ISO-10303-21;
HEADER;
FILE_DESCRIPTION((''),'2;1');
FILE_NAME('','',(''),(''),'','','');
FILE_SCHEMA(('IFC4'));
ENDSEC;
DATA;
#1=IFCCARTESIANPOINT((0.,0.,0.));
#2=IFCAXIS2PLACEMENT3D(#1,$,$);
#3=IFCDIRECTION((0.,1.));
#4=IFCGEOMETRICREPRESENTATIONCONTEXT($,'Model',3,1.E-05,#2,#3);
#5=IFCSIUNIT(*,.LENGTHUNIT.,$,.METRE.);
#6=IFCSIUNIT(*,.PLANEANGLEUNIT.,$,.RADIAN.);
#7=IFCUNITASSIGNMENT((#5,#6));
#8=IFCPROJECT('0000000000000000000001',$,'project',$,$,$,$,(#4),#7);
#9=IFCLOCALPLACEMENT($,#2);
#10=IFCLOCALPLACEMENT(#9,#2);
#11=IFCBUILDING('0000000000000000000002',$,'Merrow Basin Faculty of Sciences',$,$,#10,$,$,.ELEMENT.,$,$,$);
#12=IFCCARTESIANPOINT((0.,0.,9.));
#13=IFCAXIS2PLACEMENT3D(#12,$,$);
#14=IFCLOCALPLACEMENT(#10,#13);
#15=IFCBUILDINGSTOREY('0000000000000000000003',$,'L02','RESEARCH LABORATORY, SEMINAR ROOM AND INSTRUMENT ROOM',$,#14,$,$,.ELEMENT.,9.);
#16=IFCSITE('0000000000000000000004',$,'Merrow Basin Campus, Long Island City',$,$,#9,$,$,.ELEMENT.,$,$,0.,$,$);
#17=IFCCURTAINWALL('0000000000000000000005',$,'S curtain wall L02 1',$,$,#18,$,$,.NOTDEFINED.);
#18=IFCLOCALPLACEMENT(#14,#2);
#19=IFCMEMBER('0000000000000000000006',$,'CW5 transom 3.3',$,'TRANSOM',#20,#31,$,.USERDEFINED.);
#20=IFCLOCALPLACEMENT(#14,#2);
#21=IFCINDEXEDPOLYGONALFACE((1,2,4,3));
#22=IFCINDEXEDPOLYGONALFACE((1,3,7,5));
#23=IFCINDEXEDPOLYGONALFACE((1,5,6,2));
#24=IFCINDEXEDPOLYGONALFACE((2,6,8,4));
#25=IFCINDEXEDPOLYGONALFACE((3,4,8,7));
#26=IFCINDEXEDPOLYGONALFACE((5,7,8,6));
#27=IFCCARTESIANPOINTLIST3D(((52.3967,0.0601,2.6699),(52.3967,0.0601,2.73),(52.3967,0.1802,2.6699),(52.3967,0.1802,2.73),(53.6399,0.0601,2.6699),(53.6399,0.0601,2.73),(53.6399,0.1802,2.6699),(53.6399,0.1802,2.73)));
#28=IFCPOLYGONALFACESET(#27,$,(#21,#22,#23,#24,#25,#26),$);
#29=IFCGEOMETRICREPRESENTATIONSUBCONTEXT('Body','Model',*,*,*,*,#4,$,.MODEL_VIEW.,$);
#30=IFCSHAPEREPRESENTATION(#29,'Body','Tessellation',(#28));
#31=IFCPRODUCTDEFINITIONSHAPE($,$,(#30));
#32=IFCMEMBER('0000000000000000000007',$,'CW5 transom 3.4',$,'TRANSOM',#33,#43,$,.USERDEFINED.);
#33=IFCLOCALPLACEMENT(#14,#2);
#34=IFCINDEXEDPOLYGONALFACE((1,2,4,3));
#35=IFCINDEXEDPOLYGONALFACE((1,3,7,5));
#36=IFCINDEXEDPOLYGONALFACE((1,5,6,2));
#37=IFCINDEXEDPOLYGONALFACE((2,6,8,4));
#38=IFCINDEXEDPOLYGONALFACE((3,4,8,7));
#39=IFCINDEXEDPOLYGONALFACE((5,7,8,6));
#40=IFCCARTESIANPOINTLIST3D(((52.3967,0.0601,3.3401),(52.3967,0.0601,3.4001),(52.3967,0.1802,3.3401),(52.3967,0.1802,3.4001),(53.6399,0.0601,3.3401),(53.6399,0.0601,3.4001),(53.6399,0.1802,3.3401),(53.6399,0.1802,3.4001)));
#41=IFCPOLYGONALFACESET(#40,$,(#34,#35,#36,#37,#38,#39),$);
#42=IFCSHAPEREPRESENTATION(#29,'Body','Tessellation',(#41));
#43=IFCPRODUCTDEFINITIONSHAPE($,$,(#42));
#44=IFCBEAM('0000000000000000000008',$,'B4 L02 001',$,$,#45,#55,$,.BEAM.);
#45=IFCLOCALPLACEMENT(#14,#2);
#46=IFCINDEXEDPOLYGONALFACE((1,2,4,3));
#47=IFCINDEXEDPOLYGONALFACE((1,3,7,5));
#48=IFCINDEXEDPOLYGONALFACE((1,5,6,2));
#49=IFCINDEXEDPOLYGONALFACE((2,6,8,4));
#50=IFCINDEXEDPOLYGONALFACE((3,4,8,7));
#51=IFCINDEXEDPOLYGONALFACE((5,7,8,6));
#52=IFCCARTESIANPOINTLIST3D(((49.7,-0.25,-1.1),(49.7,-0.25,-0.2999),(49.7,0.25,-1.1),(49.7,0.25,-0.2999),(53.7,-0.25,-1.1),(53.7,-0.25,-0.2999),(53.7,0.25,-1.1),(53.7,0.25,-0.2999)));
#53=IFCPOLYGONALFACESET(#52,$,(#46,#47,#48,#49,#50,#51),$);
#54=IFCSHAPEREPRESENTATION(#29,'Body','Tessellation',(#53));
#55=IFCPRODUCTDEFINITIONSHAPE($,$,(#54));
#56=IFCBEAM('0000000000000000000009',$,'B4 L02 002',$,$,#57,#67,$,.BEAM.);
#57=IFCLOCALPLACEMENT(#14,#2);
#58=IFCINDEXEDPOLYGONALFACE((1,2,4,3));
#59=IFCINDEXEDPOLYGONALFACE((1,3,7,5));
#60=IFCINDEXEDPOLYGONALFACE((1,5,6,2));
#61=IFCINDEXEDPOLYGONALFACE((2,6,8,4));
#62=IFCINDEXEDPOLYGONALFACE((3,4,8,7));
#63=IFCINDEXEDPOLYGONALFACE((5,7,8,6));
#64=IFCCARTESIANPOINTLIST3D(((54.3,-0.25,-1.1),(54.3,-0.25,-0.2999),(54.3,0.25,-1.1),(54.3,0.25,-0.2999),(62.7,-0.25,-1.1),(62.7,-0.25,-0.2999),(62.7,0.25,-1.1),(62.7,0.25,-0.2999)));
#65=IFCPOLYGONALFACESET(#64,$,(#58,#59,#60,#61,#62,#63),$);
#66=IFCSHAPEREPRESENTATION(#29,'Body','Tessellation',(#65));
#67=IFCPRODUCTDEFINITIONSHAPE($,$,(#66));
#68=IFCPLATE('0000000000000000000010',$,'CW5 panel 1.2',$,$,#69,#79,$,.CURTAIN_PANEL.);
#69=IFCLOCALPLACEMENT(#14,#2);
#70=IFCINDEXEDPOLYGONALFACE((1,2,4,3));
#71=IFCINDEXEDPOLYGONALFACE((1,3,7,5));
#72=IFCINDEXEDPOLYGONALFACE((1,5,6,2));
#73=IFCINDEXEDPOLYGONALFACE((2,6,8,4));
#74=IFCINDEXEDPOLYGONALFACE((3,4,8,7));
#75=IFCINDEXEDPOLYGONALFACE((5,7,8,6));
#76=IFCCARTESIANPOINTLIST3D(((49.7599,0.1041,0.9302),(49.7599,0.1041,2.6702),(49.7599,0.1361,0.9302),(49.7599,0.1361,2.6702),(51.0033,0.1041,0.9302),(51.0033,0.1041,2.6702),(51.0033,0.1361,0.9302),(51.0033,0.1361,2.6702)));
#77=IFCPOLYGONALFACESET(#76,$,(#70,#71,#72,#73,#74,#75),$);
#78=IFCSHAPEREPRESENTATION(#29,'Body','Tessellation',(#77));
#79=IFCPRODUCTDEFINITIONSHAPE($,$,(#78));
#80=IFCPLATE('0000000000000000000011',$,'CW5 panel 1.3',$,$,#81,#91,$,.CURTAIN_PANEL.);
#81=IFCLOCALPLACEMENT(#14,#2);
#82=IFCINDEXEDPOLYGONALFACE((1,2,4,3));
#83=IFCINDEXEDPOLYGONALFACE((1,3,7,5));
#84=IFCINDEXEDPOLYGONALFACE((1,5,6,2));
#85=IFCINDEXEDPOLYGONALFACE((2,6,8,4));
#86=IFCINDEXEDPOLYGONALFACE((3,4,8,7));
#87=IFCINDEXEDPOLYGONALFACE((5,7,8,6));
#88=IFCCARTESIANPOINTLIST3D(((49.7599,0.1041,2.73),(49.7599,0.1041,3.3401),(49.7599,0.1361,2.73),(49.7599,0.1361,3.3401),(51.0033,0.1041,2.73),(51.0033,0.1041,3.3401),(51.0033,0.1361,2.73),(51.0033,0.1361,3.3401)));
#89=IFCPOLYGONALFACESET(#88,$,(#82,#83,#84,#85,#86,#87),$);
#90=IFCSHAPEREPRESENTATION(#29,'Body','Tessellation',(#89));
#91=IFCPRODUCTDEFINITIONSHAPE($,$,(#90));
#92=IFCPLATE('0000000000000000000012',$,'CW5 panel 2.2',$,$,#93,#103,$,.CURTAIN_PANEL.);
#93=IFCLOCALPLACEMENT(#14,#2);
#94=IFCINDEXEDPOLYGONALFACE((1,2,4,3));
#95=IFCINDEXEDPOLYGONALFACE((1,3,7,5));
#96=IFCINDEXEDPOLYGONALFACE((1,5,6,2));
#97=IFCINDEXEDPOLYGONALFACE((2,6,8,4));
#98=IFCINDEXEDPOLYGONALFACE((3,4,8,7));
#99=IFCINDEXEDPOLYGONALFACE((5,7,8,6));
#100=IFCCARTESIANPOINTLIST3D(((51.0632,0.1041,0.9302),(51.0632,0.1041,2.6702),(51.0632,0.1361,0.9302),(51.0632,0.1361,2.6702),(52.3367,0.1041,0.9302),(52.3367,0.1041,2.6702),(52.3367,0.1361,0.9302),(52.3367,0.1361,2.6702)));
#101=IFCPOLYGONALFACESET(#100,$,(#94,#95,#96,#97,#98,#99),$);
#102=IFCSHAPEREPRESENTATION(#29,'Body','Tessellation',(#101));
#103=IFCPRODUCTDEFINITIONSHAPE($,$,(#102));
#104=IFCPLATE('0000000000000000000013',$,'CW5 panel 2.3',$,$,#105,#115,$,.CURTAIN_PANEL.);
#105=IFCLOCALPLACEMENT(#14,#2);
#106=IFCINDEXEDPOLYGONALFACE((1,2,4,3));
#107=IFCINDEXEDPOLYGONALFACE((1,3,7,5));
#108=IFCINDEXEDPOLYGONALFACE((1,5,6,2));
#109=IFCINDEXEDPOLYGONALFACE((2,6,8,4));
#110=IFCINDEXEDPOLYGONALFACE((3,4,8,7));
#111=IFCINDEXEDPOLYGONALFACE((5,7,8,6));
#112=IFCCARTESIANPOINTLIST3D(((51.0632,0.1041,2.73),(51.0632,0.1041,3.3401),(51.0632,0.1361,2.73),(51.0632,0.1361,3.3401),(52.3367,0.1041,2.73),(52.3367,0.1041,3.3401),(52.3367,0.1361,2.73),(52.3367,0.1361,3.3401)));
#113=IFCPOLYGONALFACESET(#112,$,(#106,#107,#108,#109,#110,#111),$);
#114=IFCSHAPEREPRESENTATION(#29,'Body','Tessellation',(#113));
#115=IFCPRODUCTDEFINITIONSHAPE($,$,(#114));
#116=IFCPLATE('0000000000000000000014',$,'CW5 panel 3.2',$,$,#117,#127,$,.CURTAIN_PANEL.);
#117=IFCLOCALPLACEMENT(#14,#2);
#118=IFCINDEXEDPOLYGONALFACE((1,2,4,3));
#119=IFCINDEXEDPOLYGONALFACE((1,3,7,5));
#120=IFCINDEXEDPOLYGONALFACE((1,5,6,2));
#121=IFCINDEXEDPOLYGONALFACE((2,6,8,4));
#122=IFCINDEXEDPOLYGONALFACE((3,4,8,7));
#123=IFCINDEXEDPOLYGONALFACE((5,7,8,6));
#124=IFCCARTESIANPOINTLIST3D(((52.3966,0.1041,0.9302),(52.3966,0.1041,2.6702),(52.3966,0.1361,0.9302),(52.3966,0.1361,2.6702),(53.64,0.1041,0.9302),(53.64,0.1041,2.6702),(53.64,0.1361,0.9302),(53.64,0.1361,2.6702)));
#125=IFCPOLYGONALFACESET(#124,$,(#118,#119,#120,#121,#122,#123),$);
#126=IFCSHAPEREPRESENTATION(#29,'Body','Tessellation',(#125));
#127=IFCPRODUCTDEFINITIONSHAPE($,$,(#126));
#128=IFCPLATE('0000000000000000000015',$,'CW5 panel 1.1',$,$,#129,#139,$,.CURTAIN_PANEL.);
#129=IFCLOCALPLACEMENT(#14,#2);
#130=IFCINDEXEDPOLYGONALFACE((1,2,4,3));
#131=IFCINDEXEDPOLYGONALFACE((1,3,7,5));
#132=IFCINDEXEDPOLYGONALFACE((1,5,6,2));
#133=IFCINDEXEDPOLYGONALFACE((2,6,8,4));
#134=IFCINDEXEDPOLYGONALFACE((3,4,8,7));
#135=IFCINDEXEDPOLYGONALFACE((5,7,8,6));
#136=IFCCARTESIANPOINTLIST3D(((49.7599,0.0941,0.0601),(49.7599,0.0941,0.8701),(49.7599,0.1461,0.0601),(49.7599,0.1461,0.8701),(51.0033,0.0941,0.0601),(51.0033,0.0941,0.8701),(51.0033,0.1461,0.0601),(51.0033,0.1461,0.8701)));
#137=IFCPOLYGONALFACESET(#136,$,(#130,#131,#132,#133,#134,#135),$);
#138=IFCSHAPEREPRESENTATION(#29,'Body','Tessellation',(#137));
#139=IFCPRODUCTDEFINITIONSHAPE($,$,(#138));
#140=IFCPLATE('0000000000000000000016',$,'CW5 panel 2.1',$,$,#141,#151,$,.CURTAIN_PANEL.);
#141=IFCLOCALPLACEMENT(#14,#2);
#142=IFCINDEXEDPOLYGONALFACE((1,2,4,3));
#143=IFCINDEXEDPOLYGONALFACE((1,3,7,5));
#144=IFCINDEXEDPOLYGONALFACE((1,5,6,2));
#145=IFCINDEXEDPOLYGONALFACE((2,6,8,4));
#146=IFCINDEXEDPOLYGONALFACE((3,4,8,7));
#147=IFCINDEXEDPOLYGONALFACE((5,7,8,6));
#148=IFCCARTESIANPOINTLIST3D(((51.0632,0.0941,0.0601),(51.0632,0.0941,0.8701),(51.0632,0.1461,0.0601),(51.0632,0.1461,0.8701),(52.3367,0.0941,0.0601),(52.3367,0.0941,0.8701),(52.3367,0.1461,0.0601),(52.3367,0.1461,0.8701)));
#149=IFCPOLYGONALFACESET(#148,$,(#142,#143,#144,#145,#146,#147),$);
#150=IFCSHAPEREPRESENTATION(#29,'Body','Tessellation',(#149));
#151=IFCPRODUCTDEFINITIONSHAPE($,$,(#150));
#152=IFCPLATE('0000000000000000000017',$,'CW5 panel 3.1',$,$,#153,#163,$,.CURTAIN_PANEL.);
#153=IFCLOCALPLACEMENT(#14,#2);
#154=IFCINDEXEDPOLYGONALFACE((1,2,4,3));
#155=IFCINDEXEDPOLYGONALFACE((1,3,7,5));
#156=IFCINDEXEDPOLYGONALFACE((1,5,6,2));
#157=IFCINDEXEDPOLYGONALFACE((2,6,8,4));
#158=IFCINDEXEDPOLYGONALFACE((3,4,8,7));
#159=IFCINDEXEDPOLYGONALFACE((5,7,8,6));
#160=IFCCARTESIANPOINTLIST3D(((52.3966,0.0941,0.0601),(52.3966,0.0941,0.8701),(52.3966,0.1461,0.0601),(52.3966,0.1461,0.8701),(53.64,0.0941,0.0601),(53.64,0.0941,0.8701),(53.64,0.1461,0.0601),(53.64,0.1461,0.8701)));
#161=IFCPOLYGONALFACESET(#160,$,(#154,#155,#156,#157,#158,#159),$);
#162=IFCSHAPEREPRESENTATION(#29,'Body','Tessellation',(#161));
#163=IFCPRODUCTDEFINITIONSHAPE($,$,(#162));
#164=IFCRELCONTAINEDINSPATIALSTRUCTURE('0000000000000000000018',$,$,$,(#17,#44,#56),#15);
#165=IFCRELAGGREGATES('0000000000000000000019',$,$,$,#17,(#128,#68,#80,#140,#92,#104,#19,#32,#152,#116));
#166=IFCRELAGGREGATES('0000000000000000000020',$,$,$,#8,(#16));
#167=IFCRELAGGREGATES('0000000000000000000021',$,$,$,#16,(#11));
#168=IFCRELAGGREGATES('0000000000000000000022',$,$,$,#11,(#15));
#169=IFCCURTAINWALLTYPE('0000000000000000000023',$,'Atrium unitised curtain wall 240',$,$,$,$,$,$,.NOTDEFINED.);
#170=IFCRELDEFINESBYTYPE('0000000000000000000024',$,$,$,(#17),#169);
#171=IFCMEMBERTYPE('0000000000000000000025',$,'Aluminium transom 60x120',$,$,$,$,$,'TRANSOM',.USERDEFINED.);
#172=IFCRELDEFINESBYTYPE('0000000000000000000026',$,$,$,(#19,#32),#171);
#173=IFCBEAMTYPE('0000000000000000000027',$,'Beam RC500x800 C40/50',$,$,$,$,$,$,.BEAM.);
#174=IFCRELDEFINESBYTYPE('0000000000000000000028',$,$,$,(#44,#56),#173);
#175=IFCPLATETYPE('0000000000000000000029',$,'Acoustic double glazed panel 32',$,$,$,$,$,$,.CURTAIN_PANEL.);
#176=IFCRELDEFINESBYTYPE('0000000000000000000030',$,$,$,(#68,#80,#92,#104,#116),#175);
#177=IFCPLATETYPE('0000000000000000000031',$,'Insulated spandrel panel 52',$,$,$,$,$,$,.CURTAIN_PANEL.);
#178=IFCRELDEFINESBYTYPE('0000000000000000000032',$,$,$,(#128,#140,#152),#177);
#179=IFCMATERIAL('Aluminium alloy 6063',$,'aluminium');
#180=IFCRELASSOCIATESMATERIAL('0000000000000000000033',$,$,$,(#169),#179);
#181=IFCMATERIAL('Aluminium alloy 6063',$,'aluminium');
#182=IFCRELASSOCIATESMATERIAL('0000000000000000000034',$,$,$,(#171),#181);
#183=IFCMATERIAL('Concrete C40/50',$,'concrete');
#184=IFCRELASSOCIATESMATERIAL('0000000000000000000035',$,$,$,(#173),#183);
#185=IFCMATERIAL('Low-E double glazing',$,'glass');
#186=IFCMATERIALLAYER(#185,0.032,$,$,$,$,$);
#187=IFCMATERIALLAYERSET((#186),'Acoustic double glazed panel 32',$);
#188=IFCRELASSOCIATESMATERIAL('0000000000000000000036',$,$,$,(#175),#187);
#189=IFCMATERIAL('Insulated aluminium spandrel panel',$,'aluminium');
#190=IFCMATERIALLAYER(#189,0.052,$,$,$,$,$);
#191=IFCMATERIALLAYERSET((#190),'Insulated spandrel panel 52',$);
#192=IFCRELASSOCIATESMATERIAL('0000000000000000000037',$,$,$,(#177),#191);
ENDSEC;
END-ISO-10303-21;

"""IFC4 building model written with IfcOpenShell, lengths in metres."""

from ifc_helpers import new_model, si_unit, direction, frame, origin, origin_2d, place, context, subcontext, project, spatial, rectangle, extrude, material, layer, layer_set, material_profile, profile_set, type_object, element, aggregate, save


model = new_model("IFC4")

# Units and contexts
model_context = context("Model", 3, precision=1e-05, world=origin(), true_north=direction((0.0, 1.0)))
body_context = subcontext(model_context, "Body", "Model", "MODEL_VIEW")
ifc_project = project(units=[si_unit("LENGTHUNIT", "METRE"), si_unit("PLANEANGLEUNIT", "RADIAN")], contexts=[model_context])

# Site, building, storey
site_placement = place(None, origin())
site = spatial("IfcSite", under=ifc_project, at=site_placement, Name="Merrow Basin Campus, Long Island City", CompositionType="ELEMENT", RefElevation=0.0)
building_placement = place(site_placement, origin())
building = spatial("IfcBuilding", under=site, at=building_placement, Name="Merrow Basin Faculty of Sciences", CompositionType="ELEMENT")
storey_placement = place(building_placement, frame((0.0, 0.0, 9.0)))
storey = spatial("IfcBuildingStorey", under=building, at=storey_placement, Name="L02", Description="RESEARCH LABORATORY, SEMINAR ROOM AND INSTRUMENT ROOM", CompositionType="ELEMENT", Elevation=9.0)

# Curtain wall, members
ifc_material_1 = material(Name="Aluminium alloy 6063", Category="aluminium")
curtain_wall_type = type_object("IfcCurtainWallType", Name="Atrium unitised curtain wall 240", PredefinedType="NOTDEFINED", material=ifc_material_1)
curtain_wall_placement = place(storey_placement, origin())
curtain_wall = element("IfcCurtainWall", 1, at=curtain_wall_placement, inside=storey, type_object=curtain_wall_type, Name="S curtain wall L02 1", PredefinedType="NOTDEFINED")
ifc_material_2 = material(Name="Aluminium alloy 6063", Category="aluminium")
ifc_material_profile_1 = material_profile(ifc_material_2, rectangle(XDim=0.1201, YDim=0.0601, at=origin_2d()))
ifc_profile_set_1 = profile_set([ifc_material_profile_1], Name="Aluminium alloy 6063")
member_type_1 = type_object("IfcMemberType", Name="Aluminium transom 60x120", ElementType="TRANSOM", PredefinedType="USERDEFINED", material=ifc_profile_set_1)
member_1_placement = place(storey_placement, frame((52.3967, 0.1201, 2.7), z_axis=(1.0, 0.0, 0.0), x_axis=(0.0, 1.0, 0.0)))
member_1 = element("IfcMember", 2, at=member_1_placement, type_object=member_type_1, Name="CW5 transom 3.3", ObjectType="TRANSOM", PredefinedType="USERDEFINED", context=body_context, shape_type="SweptSolid", body=[
    extrude(rectangle(XDim=0.1201, YDim=0.0601, at=origin_2d()), origin(), (0.0, 0.0, 1.0), 1.2432),
])
member_2_placement = place(storey_placement, frame((52.3967, 0.1201, 3.3701), z_axis=(1.0, 0.0, 0.0), x_axis=(0.0, 1.0, 0.0)))
member_2 = element("IfcMember", 3, at=member_2_placement, type_object=member_type_1, Name="CW5 transom 3.4", ObjectType="TRANSOM", PredefinedType="USERDEFINED", context=body_context, shape_type="SweptSolid", body=[
    extrude(rectangle(XDim=0.1201, YDim=0.0601, at=origin_2d()), origin(), (0.0, 0.0, 1.0), 1.2432),
])

# Beams
ifc_material_3 = material(Name="Concrete C40/50", Category="concrete")
ifc_material_profile_2 = material_profile(ifc_material_3, rectangle(XDim=0.5, YDim=0.8, at=origin_2d()))
ifc_profile_set_2 = profile_set([ifc_material_profile_2], Name="Concrete C40/50")
beam_type = type_object("IfcBeamType", Name="Beam RC500x800 C40/50", PredefinedType="BEAM", material=ifc_profile_set_2)
beam_1_placement = place(storey_placement, frame((49.7, 0.0, -0.7), z_axis=(1.0, 0.0, 0.0), x_axis=(0.0, 1.0, 0.0)))
element("IfcBeam", 4, at=beam_1_placement, inside=storey, type_object=beam_type, Name="B4 L02 001", PredefinedType="BEAM", context=body_context, shape_type="SweptSolid", body=[
    extrude(rectangle(XDim=0.5, YDim=0.8, at=origin_2d()), origin(), (0.0, 0.0, 1.0), 4.0),
])
beam_2_placement = place(storey_placement, frame((54.3, 0.0, -0.7), z_axis=(1.0, 0.0, 0.0), x_axis=(0.0, 1.0, 0.0)))
element("IfcBeam", 5, at=beam_2_placement, inside=storey, type_object=beam_type, Name="B4 L02 002", PredefinedType="BEAM", context=body_context, shape_type="SweptSolid", body=[
    extrude(rectangle(XDim=0.5, YDim=0.8, at=origin_2d()), origin(), (0.0, 0.0, 1.0), 8.3999),
])

# Plates
ifc_material_4 = material(Name="Low-E double glazing", Category="glass")
ifc_layer_1 = layer(ifc_material_4, 0.032)
ifc_layer_set_1 = layer_set([ifc_layer_1], Name="Acoustic double glazed panel 32")
plate_type_1 = type_object("IfcPlateType", Name="Acoustic double glazed panel 32", PredefinedType="CURTAIN_PANEL", material=ifc_layer_set_1)
plate_1_placement = place(storey_placement, frame((50.3816, 0.1201, 0.9302), z_axis=(0.0, 0.0, 1.0), x_axis=(1.0, 0.0, 0.0)))
plate_1 = element("IfcPlate", 6, at=plate_1_placement, type_object=plate_type_1, Name="CW5 panel 1.2", PredefinedType="CURTAIN_PANEL", context=body_context, shape_type="SweptSolid", body=[
    extrude(rectangle(XDim=1.2434, YDim=0.032, at=origin_2d()), origin(), (0.0, 0.0, 1.0), 1.74),
])
plate_2_placement = place(storey_placement, frame((50.3816, 0.1201, 2.73), z_axis=(0.0, 0.0, 1.0), x_axis=(1.0, 0.0, 0.0)))
plate_2 = element("IfcPlate", 7, at=plate_2_placement, type_object=plate_type_1, Name="CW5 panel 1.3", PredefinedType="CURTAIN_PANEL", context=body_context, shape_type="SweptSolid", body=[
    extrude(rectangle(XDim=1.2434, YDim=0.032, at=origin_2d()), origin(), (0.0, 0.0, 1.0), 0.6101),
])
plate_3_placement = place(storey_placement, frame((51.7, 0.1201, 0.9302), z_axis=(0.0, 0.0, 1.0), x_axis=(1.0, 0.0, 0.0)))
plate_3 = element("IfcPlate", 8, at=plate_3_placement, type_object=plate_type_1, Name="CW5 panel 2.2", PredefinedType="CURTAIN_PANEL", context=body_context, shape_type="SweptSolid", body=[
    extrude(rectangle(XDim=1.2734, YDim=0.032, at=origin_2d()), origin(), (0.0, 0.0, 1.0), 1.74),
])
plate_4_placement = place(storey_placement, frame((51.7, 0.1201, 2.73), z_axis=(0.0, 0.0, 1.0), x_axis=(1.0, 0.0, 0.0)))
plate_4 = element("IfcPlate", 9, at=plate_4_placement, type_object=plate_type_1, Name="CW5 panel 2.3", PredefinedType="CURTAIN_PANEL", context=body_context, shape_type="SweptSolid", body=[
    extrude(rectangle(XDim=1.2734, YDim=0.032, at=origin_2d()), origin(), (0.0, 0.0, 1.0), 0.6101),
])
plate_5_placement = place(storey_placement, frame((53.0183, 0.1201, 0.9302), z_axis=(0.0, 0.0, 1.0), x_axis=(1.0, 0.0, 0.0)))
plate_5 = element("IfcPlate", 10, at=plate_5_placement, type_object=plate_type_1, Name="CW5 panel 3.2", PredefinedType="CURTAIN_PANEL", context=body_context, shape_type="SweptSolid", body=[
    extrude(rectangle(XDim=1.2434, YDim=0.032, at=origin_2d()), origin(), (0.0, 0.0, 1.0), 1.74),
])
ifc_material_5 = material(Name="Insulated aluminium spandrel panel", Category="aluminium")
ifc_layer_2 = layer(ifc_material_5, 0.052)
ifc_layer_set_2 = layer_set([ifc_layer_2], Name="Insulated spandrel panel 52")
plate_type_2 = type_object("IfcPlateType", Name="Insulated spandrel panel 52", PredefinedType="CURTAIN_PANEL", material=ifc_layer_set_2)
plate_6_placement = place(storey_placement, frame((50.3816, 0.1201, 0.0601), z_axis=(0.0, 0.0, 1.0), x_axis=(1.0, 0.0, 0.0)))
plate_6 = element("IfcPlate", 11, at=plate_6_placement, type_object=plate_type_2, Name="CW5 panel 1.1", PredefinedType="CURTAIN_PANEL", context=body_context, shape_type="SweptSolid", body=[
    extrude(rectangle(XDim=1.2434, YDim=0.052, at=origin_2d()), origin(), (0.0, 0.0, 1.0), 0.8101),
])
plate_7_placement = place(storey_placement, frame((51.7, 0.1201, 0.0601), z_axis=(0.0, 0.0, 1.0), x_axis=(1.0, 0.0, 0.0)))
plate_7 = element("IfcPlate", 12, at=plate_7_placement, type_object=plate_type_2, Name="CW5 panel 2.1", PredefinedType="CURTAIN_PANEL", context=body_context, shape_type="SweptSolid", body=[
    extrude(rectangle(XDim=1.2734, YDim=0.052, at=origin_2d()), origin(), (0.0, 0.0, 1.0), 0.8101),
])
plate_8_placement = place(storey_placement, frame((53.0183, 0.1201, 0.0601), z_axis=(0.0, 0.0, 1.0), x_axis=(1.0, 0.0, 0.0)))
plate_8 = element("IfcPlate", 13, at=plate_8_placement, type_object=plate_type_2, Name="CW5 panel 3.1", PredefinedType="CURTAIN_PANEL", context=body_context, shape_type="SweptSolid", body=[
    extrude(rectangle(XDim=1.2434, YDim=0.052, at=origin_2d()), origin(), (0.0, 0.0, 1.0), 0.8101),
])
aggregate(curtain_wall, [plate_6, plate_1, plate_2, plate_7, plate_3, plate_4, member_1, member_2, plate_8, plate_5])

save(model, "model.ifc")
